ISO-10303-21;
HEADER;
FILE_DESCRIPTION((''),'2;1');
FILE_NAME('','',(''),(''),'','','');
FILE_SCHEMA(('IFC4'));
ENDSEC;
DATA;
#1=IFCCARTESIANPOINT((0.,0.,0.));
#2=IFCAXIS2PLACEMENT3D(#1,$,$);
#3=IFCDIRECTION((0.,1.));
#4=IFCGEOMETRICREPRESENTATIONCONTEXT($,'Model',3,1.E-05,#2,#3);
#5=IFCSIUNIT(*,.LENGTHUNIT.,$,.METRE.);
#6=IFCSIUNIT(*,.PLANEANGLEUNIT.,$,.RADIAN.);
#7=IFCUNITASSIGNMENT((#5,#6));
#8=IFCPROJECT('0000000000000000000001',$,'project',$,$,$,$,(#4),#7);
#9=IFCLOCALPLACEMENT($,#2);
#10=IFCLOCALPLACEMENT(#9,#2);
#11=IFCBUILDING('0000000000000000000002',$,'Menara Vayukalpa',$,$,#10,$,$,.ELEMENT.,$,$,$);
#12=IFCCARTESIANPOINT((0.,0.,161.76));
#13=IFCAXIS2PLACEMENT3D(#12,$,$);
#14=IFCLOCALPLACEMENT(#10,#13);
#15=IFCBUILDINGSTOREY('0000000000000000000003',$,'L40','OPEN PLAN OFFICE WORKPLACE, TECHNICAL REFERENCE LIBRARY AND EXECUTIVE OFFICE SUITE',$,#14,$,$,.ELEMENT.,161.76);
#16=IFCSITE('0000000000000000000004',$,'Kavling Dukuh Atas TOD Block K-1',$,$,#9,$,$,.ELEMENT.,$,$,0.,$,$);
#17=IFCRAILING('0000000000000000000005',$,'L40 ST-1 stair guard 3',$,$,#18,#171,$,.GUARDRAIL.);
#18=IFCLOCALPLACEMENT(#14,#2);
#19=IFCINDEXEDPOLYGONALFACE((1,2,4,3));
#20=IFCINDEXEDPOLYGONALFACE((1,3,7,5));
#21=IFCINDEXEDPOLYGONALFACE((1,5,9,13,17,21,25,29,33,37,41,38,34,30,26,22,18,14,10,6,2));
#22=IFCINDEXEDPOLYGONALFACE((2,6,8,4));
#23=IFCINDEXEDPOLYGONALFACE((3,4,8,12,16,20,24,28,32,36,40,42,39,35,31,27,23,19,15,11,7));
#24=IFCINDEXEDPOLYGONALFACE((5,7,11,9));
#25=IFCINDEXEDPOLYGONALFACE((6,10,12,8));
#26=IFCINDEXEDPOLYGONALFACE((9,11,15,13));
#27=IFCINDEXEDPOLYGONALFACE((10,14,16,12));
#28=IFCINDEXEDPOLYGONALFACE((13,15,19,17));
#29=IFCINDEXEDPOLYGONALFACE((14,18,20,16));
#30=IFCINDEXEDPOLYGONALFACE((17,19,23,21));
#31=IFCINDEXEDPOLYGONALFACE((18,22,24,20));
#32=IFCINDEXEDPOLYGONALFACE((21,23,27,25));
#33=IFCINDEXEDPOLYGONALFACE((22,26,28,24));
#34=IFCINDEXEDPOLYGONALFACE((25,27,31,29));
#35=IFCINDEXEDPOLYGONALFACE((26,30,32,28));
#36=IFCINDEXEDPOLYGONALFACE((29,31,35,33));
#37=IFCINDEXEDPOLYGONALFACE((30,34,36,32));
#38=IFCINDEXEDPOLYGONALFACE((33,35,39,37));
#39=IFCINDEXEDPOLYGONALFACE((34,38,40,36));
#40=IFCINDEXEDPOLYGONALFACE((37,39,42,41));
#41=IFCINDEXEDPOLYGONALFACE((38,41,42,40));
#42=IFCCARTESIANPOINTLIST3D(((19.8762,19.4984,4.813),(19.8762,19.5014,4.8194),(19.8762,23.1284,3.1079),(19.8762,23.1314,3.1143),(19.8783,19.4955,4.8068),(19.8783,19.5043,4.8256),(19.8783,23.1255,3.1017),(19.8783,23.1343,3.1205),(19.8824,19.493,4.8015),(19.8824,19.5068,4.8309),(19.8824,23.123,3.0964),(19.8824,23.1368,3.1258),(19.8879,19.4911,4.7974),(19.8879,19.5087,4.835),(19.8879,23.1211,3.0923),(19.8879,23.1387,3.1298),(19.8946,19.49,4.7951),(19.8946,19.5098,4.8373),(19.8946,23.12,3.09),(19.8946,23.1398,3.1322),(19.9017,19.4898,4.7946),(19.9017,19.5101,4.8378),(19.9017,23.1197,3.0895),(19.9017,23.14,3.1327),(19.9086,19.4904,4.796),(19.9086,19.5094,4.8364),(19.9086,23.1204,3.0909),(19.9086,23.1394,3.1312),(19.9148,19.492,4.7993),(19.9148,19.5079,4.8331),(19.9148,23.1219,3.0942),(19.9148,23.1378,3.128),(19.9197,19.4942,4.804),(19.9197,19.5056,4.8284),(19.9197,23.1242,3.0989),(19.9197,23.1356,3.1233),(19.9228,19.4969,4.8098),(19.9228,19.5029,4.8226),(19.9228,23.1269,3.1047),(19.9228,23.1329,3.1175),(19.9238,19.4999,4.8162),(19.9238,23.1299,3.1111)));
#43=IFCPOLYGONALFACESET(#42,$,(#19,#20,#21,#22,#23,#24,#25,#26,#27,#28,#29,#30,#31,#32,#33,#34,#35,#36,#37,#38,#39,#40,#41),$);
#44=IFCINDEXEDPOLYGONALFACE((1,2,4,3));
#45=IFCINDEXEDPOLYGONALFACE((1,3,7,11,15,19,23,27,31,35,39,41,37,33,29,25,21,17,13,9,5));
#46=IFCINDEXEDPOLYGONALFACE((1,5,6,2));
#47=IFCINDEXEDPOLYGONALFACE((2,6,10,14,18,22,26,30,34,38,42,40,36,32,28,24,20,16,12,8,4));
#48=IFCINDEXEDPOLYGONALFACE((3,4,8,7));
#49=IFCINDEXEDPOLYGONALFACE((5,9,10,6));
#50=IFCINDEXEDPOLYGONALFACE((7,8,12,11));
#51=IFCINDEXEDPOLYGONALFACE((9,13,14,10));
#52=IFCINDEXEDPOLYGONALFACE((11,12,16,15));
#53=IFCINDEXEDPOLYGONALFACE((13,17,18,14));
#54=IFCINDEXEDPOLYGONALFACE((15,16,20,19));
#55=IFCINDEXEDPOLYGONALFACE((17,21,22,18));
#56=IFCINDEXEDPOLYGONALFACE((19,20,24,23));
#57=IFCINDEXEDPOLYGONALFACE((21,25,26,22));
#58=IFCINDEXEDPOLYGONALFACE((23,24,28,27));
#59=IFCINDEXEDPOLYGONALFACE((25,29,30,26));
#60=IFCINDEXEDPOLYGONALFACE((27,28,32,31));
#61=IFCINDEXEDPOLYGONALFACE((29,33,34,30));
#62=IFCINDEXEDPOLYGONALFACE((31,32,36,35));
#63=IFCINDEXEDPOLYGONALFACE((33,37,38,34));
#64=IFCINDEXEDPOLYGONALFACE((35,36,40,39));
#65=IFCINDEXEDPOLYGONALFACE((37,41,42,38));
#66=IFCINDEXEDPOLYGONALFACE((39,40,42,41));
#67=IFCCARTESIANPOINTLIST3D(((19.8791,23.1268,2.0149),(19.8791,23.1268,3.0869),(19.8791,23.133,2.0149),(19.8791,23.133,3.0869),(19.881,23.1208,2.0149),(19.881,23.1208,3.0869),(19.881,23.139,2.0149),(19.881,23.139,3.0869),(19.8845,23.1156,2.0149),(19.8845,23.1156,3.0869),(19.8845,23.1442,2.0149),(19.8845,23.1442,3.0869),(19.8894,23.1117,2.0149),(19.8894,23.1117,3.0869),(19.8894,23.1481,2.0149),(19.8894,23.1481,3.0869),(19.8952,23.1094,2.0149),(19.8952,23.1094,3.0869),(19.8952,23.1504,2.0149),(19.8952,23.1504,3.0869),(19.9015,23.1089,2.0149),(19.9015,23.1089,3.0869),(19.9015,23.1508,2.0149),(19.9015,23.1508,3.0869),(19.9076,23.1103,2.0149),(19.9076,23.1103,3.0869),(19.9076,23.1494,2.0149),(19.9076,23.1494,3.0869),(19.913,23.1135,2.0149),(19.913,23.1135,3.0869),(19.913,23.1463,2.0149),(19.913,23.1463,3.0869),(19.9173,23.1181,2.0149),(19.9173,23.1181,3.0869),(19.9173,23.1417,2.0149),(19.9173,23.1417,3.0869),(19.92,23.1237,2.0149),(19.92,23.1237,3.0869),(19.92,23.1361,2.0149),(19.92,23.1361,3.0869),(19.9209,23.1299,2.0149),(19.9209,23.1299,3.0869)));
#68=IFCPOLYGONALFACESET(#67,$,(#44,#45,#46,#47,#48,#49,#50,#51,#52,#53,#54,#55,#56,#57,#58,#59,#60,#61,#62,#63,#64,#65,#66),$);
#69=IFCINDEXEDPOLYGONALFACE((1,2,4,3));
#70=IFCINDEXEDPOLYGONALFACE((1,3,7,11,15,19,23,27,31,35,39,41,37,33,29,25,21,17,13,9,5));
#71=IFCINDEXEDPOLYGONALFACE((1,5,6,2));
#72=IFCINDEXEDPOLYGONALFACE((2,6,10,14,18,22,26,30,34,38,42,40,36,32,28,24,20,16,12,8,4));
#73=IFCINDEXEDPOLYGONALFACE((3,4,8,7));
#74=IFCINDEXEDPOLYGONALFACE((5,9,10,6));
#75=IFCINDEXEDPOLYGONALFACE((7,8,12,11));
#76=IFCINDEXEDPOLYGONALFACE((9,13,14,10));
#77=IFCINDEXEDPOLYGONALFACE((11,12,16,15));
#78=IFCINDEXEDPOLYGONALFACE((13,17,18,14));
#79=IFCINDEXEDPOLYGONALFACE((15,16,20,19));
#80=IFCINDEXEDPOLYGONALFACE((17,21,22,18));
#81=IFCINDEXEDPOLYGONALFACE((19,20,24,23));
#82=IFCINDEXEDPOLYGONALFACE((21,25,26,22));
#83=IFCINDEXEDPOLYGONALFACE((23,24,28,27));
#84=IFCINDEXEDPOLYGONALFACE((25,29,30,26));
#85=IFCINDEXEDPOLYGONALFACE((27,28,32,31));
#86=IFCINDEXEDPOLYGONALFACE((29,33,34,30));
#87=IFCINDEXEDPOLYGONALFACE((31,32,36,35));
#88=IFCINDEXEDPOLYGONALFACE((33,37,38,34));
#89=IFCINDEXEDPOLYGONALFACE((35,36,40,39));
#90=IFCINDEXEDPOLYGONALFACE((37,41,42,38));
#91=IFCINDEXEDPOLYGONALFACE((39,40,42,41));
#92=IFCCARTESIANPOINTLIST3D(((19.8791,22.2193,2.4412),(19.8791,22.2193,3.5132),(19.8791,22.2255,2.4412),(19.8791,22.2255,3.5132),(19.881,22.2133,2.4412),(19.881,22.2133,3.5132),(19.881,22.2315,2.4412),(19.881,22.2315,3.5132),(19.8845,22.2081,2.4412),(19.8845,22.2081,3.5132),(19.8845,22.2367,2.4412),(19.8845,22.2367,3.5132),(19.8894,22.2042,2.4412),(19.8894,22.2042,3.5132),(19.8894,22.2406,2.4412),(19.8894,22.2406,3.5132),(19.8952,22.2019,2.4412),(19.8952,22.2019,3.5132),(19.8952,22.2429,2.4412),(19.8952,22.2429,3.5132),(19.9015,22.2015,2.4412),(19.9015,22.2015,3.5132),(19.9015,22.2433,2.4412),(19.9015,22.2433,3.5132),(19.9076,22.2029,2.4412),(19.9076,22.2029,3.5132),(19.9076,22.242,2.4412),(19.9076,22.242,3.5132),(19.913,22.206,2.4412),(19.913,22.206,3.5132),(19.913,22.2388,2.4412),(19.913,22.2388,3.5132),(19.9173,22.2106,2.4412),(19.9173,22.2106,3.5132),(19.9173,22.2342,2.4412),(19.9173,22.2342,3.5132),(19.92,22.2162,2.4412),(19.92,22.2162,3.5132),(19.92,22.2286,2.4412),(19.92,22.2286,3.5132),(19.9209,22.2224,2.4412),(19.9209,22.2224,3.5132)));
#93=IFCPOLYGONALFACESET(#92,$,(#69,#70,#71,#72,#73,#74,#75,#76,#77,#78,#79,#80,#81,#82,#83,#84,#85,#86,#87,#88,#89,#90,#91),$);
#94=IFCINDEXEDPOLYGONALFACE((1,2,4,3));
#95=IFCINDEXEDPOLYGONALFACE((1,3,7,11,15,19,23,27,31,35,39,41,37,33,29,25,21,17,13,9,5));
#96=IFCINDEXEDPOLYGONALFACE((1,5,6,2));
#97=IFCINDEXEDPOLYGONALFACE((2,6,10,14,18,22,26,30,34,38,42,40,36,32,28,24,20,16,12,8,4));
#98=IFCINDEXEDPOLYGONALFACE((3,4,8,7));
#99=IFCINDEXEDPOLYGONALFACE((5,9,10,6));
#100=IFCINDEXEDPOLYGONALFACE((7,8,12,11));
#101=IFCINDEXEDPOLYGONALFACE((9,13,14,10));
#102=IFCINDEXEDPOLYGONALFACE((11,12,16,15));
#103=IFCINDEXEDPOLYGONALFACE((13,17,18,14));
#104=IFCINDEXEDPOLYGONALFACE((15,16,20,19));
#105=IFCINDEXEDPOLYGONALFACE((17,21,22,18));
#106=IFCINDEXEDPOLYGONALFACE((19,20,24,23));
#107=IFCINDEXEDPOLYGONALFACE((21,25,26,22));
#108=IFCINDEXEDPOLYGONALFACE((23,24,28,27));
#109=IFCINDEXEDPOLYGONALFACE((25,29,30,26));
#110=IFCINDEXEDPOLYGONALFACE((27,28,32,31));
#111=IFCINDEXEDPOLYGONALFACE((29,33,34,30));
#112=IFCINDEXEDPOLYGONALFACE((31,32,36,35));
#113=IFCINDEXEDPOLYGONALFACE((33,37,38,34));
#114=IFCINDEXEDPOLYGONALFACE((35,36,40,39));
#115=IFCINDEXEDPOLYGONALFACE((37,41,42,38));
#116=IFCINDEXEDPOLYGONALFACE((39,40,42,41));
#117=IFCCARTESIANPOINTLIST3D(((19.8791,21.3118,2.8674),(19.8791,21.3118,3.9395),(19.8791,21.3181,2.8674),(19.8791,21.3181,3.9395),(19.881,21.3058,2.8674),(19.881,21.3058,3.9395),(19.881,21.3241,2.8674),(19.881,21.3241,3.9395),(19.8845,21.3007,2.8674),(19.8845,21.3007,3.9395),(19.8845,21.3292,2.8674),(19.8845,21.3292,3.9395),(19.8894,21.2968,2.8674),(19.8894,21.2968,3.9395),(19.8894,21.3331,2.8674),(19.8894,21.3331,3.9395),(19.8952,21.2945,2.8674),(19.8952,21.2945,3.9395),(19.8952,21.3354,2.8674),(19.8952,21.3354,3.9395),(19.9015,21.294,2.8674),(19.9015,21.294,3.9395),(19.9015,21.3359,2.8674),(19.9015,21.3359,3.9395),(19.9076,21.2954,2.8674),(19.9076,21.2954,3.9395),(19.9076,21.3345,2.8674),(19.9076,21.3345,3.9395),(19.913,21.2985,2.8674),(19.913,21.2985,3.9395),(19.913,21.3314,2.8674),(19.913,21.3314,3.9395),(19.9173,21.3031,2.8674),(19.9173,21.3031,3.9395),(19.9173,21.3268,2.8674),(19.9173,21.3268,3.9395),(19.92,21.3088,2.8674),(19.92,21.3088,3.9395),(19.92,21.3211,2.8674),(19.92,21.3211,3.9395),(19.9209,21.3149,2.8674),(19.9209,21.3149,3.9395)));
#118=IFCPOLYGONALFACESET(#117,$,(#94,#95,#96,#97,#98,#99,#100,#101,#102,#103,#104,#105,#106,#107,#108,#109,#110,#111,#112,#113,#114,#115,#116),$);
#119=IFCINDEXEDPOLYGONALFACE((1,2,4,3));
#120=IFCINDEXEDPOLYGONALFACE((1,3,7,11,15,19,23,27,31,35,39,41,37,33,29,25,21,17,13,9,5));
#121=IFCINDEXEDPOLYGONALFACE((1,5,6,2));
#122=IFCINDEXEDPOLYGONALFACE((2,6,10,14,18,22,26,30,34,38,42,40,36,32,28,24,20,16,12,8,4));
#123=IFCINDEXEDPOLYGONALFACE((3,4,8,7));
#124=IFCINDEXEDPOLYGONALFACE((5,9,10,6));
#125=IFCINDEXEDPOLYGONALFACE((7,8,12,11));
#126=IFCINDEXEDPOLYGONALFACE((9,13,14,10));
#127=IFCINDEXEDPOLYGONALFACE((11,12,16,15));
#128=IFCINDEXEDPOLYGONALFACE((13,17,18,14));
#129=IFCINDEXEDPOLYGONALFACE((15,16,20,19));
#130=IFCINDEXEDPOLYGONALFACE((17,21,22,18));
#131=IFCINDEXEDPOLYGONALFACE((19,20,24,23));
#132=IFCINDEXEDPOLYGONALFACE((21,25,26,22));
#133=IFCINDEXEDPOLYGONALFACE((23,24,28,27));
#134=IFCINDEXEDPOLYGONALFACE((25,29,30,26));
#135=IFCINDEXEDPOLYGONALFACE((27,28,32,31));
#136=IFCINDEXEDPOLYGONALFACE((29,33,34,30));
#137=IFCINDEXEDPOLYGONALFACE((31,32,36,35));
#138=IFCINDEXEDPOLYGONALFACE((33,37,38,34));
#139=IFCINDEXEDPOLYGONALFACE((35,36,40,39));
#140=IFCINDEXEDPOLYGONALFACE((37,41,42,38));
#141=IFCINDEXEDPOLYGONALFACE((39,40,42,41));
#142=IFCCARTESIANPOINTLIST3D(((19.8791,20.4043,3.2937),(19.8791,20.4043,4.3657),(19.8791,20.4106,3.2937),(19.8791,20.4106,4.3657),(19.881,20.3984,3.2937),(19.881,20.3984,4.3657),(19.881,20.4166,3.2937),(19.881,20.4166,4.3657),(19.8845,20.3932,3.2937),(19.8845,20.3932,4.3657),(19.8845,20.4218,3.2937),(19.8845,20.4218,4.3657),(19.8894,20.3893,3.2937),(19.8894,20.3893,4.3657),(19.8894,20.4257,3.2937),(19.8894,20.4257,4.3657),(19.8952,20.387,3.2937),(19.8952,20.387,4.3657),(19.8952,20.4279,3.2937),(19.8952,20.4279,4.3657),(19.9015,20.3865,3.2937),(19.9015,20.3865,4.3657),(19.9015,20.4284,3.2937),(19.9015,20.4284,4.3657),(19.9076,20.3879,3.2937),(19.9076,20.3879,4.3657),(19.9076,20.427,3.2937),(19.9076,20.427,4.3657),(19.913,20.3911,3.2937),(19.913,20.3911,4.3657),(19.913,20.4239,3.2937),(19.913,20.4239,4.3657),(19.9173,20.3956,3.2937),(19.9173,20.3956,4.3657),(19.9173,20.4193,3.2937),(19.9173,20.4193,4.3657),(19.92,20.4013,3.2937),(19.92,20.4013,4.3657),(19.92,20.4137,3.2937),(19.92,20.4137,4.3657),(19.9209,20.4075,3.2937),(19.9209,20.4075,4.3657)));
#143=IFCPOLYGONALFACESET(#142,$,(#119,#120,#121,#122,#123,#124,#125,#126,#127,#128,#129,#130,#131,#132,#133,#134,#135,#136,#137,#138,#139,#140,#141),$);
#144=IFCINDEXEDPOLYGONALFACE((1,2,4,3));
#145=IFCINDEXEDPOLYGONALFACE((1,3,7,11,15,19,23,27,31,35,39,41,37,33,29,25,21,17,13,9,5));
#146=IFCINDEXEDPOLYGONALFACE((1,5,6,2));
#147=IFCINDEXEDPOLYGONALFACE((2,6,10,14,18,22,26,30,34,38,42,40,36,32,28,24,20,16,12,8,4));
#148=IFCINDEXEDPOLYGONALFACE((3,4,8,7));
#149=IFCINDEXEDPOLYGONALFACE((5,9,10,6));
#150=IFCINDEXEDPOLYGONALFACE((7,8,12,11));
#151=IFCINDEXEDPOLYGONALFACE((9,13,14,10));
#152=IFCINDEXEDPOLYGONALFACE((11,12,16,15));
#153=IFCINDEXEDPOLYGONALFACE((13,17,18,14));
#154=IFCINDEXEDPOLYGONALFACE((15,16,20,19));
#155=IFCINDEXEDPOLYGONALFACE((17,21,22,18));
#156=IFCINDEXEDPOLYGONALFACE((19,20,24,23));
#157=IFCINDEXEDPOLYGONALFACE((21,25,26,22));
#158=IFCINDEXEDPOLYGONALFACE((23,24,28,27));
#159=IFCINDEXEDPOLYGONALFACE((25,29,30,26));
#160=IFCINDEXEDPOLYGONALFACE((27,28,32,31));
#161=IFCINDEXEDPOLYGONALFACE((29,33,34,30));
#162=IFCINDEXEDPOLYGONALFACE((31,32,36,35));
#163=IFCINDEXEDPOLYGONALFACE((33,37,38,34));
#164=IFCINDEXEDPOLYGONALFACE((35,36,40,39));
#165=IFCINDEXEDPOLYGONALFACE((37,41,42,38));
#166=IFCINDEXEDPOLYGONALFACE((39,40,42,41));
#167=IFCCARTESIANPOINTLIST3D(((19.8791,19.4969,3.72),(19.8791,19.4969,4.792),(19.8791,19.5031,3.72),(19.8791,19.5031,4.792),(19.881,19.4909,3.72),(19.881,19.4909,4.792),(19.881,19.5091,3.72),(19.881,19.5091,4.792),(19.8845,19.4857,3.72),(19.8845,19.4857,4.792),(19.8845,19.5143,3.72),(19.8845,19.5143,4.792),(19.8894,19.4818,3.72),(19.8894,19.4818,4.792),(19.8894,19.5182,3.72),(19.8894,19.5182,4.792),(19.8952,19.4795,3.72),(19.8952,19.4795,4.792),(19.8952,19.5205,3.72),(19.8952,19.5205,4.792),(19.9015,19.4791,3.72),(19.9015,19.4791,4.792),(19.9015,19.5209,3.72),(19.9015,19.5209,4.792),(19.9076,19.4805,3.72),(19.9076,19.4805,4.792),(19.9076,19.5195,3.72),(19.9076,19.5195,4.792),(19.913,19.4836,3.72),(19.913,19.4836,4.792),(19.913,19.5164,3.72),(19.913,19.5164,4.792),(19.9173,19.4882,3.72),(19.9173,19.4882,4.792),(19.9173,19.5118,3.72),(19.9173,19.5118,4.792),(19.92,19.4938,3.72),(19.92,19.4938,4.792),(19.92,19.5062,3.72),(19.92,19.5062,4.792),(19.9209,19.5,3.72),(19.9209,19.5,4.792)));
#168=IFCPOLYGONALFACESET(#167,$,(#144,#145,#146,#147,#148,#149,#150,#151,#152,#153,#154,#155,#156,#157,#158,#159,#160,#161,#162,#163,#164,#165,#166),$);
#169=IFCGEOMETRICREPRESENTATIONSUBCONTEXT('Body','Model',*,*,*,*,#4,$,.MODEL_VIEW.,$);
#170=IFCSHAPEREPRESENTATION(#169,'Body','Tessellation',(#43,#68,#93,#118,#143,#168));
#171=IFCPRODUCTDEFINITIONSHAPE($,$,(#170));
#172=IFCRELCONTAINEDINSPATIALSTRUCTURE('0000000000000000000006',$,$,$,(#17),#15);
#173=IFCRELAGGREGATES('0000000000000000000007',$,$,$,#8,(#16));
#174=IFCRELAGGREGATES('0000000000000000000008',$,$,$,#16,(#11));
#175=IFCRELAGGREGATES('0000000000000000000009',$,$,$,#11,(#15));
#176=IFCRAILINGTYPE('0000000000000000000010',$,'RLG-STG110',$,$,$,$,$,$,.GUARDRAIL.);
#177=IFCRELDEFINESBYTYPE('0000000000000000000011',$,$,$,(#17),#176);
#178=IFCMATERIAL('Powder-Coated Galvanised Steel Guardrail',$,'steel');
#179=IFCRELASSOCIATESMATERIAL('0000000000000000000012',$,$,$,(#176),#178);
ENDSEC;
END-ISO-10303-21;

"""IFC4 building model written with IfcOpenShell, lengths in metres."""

from ifc_helpers import new_model, si_unit, direction, frame, origin, origin_2d, place, context, subcontext, project, spatial, circle, extrude, material, type_object, element, save


model = new_model("IFC4")

# Units and contexts
model_context = context("Model", 3, precision=1e-05, world=origin(), true_north=direction((0.0, 1.0)))
body_context = subcontext(model_context, "Body", "Model", "MODEL_VIEW")
ifc_project = project(units=[si_unit("LENGTHUNIT", "METRE"), si_unit("PLANEANGLEUNIT", "RADIAN")], contexts=[model_context])

# Site, building, storey
site_placement = place(None, origin())
site = spatial("IfcSite", under=ifc_project, at=site_placement, Name="Kavling Dukuh Atas TOD Block K-1", CompositionType="ELEMENT", RefElevation=0.0)
building_placement = place(site_placement, origin())
building = spatial("IfcBuilding", under=site, at=building_placement, Name="Menara Vayukalpa", CompositionType="ELEMENT")
storey_placement = place(building_placement, frame((0.0, 0.0, 161.76)))
storey = spatial("IfcBuildingStorey", under=building, at=storey_placement, Name="L40", Description="OPEN PLAN OFFICE WORKPLACE, TECHNICAL REFERENCE LIBRARY AND EXECUTIVE OFFICE SUITE", CompositionType="ELEMENT", Elevation=161.76)

# Railing
ifc_material_1 = material(Name="Powder-Coated Galvanised Steel Guardrail", Category="steel")
railing_type_1 = type_object("IfcRailingType", Name="RLG-STG110", PredefinedType="GUARDRAIL", material=ifc_material_1)
railing_1_placement = place(storey_placement, frame((19.8999, 23.1299, 2.0149)))
element("IfcRailing", 1, at=railing_1_placement, inside=storey, type_object=railing_type_1, Name="L40 ST-1 stair guard 3", PredefinedType="GUARDRAIL", context=body_context, shape_type="SweptSolid", body=[
    extrude(circle(Radius=0.0239, at=origin_2d()), frame((0.0, 0.0, 1.0962), z_axis=(0.0, -0.905116, 0.425164), x_axis=(1.0, 0.0, 0.0)), (0.0, 0.0, 1.0), 4.0105),
    extrude(circle(Radius=0.021, at=origin_2d()), origin(), (0.0, 0.0, 1.0), 1.072),
    extrude(circle(Radius=0.021, at=origin_2d()), frame((0.0, -0.9075, 0.4263)), (0.0, 0.0, 1.0), 1.072),
    extrude(circle(Radius=0.021, at=origin_2d()), frame((0.0, -1.8149, 0.8525)), (0.0, 0.0, 1.0), 1.072),
    extrude(circle(Radius=0.021, at=origin_2d()), frame((0.0, -2.7224, 1.2788)), (0.0, 0.0, 1.0), 1.072),
    extrude(circle(Radius=0.021, at=origin_2d()), frame((0.0, -3.6299, 1.7051)), (0.0, 0.0, 1.0), 1.072),
])

save(model, "model.ifc")
